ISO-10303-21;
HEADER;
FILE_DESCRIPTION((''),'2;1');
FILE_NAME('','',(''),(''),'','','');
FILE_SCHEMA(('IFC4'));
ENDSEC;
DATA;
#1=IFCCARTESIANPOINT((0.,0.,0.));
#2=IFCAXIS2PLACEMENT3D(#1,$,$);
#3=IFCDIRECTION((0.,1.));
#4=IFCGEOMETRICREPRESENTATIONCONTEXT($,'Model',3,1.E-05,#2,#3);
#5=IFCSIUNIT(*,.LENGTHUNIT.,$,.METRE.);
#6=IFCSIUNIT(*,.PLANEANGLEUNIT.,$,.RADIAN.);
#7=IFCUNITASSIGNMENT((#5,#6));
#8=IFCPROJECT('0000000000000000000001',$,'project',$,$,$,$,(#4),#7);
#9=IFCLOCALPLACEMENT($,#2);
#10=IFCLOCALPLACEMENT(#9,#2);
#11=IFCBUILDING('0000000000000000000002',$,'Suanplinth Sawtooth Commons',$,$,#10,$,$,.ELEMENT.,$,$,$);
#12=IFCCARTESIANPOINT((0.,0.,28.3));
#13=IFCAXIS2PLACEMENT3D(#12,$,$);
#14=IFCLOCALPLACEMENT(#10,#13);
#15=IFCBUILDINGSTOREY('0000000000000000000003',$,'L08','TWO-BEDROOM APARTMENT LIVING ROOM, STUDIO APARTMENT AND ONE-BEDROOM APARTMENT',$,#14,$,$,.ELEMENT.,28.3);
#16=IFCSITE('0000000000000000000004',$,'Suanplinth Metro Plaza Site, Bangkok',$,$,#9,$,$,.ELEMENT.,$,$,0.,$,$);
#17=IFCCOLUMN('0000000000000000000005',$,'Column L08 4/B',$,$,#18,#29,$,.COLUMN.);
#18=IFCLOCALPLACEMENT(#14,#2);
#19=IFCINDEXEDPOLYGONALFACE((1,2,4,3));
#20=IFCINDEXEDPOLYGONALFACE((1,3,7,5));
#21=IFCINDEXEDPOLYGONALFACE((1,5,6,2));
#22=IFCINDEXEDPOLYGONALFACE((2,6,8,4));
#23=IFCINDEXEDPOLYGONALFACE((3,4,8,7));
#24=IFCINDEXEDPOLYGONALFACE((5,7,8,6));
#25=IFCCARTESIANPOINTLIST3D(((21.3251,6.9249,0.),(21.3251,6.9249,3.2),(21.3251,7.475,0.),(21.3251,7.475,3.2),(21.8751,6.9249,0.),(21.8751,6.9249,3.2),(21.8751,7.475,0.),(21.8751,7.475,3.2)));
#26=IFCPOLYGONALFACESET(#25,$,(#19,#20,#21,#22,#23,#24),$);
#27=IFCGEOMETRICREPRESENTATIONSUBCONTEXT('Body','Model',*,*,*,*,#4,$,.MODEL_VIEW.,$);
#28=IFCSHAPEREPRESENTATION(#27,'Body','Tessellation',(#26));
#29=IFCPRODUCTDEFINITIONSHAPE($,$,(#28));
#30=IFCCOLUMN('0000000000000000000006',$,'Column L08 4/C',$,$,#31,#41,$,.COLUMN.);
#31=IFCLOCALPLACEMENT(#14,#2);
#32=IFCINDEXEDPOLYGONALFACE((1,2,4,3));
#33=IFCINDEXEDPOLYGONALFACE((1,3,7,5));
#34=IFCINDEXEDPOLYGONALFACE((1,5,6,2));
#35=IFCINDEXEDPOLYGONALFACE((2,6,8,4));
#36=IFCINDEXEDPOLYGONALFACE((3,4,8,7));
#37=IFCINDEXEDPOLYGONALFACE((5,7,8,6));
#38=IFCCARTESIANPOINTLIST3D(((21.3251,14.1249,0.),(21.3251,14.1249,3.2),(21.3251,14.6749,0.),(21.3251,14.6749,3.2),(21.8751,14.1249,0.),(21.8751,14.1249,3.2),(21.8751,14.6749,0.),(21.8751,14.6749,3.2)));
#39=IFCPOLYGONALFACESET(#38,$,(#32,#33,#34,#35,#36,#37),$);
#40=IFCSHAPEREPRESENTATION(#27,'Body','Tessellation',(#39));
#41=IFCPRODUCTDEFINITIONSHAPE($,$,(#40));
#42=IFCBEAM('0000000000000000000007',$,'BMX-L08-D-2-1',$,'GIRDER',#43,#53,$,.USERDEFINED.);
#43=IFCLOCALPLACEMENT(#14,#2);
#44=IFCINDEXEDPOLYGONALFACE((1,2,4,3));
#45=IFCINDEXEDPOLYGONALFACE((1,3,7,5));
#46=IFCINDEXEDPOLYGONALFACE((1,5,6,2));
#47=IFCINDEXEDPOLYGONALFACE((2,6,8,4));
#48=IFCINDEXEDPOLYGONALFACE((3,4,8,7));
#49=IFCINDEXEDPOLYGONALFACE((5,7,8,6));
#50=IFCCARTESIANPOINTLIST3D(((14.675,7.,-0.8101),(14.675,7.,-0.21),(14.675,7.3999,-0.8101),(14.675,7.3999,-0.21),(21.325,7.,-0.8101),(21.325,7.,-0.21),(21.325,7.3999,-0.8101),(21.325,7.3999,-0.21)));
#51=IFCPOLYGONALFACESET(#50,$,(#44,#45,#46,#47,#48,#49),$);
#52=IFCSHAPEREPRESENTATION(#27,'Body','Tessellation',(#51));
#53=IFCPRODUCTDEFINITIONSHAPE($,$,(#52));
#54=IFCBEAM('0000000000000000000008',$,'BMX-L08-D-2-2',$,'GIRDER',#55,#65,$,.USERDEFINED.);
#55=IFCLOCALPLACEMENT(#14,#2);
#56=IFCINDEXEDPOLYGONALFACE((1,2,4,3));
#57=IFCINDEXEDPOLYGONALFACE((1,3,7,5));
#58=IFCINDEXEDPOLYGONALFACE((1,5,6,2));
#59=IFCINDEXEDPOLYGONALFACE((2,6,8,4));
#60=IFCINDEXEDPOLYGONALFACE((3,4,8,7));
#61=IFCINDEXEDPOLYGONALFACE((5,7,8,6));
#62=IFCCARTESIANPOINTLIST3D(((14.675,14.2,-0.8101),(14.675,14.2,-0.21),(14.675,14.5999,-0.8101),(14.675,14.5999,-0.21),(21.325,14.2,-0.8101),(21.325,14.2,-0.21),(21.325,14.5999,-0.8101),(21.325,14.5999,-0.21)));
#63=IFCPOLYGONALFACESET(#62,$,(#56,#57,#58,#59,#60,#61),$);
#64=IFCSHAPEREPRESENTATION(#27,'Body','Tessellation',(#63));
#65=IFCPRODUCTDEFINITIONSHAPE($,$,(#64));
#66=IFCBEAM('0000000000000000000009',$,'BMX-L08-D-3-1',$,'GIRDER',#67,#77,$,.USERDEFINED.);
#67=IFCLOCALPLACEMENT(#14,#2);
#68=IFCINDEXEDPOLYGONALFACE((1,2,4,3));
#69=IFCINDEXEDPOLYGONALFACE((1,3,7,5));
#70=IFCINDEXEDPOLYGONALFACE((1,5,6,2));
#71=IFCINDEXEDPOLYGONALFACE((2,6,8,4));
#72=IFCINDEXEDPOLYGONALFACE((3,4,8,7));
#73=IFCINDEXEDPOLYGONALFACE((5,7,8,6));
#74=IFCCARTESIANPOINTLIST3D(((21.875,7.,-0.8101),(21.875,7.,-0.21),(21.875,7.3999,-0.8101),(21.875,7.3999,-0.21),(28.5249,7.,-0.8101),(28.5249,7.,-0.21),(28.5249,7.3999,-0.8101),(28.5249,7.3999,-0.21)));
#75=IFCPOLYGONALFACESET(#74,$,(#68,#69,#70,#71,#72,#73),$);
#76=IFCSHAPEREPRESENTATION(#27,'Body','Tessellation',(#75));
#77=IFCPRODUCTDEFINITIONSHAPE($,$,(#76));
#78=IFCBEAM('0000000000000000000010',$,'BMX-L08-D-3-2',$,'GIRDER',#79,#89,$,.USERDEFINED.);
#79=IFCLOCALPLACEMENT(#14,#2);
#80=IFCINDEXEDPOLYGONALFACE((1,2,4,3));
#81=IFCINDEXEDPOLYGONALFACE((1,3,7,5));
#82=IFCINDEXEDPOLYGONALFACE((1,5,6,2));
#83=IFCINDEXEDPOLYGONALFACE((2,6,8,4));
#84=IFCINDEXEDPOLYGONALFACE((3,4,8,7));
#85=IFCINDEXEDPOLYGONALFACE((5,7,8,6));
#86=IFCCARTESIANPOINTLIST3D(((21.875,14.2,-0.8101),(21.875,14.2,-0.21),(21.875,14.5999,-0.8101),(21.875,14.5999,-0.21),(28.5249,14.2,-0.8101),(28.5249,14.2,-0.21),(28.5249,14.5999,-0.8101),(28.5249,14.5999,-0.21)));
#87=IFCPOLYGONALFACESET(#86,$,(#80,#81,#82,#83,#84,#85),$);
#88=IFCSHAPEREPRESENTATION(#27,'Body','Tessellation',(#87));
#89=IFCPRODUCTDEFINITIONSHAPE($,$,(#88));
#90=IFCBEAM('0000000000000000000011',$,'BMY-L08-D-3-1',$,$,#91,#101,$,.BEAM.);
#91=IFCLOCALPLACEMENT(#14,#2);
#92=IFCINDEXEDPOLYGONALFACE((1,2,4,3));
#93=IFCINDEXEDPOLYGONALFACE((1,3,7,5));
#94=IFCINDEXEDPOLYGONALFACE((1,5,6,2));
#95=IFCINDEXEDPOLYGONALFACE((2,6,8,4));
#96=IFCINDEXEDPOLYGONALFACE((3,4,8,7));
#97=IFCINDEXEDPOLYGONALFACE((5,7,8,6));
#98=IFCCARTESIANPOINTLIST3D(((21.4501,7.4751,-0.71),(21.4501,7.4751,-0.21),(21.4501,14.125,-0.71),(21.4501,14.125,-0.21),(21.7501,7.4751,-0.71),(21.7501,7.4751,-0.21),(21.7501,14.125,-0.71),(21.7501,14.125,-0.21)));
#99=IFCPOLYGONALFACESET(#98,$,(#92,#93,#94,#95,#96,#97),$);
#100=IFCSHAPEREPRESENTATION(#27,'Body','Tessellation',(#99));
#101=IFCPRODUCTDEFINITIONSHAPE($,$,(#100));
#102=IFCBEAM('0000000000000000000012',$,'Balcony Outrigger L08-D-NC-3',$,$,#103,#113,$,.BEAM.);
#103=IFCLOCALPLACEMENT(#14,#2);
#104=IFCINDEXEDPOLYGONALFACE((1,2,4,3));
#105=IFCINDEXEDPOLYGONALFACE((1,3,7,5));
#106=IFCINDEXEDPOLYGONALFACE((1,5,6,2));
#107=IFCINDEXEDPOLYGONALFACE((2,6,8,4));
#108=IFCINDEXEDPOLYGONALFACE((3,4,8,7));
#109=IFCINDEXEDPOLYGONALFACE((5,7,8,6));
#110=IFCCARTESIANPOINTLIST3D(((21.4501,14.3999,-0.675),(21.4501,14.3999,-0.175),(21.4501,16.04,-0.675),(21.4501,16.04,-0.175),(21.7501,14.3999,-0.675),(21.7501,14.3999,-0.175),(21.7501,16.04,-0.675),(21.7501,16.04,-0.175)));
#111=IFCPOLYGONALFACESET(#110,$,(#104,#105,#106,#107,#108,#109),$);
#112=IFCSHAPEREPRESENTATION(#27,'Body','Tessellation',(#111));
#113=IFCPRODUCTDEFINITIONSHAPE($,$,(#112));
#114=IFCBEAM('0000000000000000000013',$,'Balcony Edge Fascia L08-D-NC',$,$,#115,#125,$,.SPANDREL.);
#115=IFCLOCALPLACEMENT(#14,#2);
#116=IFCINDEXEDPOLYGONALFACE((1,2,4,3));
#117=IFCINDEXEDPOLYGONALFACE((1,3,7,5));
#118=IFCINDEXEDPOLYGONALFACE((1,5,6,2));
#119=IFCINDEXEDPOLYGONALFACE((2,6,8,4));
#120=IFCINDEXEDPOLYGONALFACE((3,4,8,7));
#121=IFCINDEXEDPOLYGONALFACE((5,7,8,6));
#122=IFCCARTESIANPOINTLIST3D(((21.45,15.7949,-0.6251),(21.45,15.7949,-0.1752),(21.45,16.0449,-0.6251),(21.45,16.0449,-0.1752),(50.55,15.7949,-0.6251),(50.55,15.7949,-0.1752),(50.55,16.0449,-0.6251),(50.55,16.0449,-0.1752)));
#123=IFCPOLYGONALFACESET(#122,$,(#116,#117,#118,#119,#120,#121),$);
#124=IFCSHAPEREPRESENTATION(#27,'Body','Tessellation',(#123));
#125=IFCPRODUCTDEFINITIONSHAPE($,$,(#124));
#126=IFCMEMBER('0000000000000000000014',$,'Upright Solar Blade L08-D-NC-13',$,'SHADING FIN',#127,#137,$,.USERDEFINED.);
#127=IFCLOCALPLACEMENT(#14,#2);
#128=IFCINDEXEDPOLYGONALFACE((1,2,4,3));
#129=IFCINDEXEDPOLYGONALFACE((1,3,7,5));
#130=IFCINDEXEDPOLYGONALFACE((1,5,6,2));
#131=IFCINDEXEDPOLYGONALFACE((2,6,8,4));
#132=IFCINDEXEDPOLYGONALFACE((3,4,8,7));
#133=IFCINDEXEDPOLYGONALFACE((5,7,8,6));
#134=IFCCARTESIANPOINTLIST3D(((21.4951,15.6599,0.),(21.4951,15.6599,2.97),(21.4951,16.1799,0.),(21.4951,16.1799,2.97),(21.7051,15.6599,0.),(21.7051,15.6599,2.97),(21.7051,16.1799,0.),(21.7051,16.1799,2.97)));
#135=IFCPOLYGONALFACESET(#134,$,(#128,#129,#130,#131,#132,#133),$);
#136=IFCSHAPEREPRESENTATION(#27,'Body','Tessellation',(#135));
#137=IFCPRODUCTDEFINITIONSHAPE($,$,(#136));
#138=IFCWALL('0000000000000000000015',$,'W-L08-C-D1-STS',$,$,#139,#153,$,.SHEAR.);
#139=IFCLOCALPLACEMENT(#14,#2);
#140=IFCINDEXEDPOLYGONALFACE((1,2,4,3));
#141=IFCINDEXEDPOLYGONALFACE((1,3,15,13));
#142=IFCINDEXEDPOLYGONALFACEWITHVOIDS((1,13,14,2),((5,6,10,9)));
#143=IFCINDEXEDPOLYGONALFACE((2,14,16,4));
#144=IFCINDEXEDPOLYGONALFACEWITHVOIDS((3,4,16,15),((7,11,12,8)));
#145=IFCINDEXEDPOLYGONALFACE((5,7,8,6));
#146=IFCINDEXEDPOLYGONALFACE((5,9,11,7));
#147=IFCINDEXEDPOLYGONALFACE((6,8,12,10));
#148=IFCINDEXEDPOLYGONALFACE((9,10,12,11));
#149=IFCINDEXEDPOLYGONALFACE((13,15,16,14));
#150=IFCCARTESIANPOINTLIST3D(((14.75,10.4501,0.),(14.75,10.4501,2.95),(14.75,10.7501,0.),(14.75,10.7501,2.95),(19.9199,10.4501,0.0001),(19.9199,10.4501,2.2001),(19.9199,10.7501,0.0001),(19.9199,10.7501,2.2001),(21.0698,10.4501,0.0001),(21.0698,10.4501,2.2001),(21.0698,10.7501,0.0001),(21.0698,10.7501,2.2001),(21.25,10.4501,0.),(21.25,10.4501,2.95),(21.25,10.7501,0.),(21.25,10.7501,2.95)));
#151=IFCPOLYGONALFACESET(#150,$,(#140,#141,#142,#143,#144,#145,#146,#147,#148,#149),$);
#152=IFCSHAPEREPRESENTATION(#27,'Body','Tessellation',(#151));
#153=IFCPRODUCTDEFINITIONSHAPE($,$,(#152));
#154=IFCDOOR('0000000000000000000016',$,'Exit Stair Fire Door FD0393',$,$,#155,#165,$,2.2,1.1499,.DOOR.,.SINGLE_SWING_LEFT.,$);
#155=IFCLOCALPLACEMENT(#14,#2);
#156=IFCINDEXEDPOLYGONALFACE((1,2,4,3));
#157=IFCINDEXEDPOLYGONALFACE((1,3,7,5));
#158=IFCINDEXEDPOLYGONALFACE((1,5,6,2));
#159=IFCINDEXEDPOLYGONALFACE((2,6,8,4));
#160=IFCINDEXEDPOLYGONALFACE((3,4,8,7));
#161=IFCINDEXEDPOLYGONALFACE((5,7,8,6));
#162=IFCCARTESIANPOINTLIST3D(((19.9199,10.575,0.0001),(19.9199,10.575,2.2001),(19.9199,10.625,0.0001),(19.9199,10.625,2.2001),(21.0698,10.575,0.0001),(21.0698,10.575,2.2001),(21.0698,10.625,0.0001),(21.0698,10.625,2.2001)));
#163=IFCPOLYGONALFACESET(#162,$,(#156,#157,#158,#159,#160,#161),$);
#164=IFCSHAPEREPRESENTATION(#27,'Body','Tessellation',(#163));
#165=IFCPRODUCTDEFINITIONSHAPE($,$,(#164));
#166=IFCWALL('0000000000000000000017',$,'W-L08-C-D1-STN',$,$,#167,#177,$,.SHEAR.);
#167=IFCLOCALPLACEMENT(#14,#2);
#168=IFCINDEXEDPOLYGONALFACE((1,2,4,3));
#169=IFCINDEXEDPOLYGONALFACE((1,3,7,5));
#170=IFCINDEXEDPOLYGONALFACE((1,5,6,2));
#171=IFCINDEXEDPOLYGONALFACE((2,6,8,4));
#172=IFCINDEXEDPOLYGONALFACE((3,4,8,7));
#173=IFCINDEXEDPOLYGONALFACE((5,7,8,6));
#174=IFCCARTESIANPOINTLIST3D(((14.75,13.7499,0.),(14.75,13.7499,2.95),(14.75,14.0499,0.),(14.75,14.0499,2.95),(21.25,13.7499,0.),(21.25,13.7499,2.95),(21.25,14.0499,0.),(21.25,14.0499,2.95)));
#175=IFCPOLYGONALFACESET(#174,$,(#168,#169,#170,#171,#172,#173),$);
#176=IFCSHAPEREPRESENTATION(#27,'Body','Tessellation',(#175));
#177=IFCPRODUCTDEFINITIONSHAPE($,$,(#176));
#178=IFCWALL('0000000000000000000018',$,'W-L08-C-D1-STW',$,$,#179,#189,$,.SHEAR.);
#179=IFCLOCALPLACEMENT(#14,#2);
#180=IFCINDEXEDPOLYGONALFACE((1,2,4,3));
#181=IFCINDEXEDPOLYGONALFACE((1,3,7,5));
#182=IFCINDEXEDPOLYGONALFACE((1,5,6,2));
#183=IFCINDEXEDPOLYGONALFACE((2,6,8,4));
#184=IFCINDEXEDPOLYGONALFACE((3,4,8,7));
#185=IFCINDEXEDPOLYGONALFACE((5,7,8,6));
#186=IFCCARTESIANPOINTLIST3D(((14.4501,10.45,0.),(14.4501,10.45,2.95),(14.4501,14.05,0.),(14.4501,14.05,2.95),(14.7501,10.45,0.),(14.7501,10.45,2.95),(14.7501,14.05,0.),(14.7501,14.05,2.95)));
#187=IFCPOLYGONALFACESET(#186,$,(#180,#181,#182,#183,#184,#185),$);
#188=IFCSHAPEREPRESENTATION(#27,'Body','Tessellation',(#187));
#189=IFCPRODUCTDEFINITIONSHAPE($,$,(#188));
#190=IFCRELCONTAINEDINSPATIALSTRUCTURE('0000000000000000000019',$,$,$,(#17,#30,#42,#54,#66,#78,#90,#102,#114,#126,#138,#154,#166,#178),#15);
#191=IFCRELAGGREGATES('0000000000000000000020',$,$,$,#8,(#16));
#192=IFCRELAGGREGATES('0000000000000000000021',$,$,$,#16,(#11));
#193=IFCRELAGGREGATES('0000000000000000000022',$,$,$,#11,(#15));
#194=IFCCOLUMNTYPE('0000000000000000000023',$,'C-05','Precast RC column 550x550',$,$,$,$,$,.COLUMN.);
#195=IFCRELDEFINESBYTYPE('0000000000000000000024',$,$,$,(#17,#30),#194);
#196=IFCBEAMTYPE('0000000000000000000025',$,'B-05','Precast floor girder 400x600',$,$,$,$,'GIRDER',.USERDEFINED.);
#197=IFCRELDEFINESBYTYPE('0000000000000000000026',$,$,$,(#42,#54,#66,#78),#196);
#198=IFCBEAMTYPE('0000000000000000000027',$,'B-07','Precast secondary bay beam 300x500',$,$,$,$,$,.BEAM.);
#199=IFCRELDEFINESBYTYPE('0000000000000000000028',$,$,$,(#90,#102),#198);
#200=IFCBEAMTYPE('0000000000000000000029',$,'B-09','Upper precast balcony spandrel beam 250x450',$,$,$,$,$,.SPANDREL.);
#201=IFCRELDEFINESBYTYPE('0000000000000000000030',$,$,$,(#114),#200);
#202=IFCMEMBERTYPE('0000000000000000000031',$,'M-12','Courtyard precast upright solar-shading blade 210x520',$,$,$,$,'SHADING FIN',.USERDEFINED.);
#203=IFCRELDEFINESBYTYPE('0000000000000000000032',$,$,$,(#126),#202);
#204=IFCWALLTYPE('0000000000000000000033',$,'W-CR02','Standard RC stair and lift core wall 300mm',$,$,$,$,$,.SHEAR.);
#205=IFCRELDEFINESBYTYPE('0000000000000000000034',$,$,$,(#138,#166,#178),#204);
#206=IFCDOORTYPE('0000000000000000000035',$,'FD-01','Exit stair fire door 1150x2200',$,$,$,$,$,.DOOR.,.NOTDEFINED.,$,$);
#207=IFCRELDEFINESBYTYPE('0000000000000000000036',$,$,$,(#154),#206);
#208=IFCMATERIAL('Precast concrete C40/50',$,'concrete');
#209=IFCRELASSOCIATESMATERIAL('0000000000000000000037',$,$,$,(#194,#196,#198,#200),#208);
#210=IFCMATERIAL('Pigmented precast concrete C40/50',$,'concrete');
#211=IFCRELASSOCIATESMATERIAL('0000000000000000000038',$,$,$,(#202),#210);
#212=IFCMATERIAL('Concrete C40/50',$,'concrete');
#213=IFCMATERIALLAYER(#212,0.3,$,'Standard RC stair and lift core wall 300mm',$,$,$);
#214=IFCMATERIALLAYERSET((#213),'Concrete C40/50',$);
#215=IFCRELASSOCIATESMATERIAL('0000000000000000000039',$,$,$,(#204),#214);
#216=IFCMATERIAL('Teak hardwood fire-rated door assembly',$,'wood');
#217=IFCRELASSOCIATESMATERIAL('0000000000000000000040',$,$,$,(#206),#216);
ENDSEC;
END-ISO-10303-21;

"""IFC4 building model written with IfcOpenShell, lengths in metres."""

from ifc_helpers import new_model, si_unit, direction, frame, frame_2d, origin, origin_2d, place, context, subcontext, project, spatial, rectangle, extrude, material, layer, layer_set, material_profile, profile_set, type_object, element, fill, save


model = new_model("IFC4")

# Units and contexts
model_context = context("Model", 3, precision=1e-05, world=origin(), true_north=direction((0.0, 1.0)))
body_context = subcontext(model_context, "Body", "Model", "MODEL_VIEW")
ifc_project = project(units=[si_unit("LENGTHUNIT", "METRE"), si_unit("PLANEANGLEUNIT", "RADIAN")], contexts=[model_context])

# Site, building, storey
site_placement = place(None, origin())
site = spatial("IfcSite", under=ifc_project, at=site_placement, Name="Suanplinth Metro Plaza Site, Bangkok", CompositionType="ELEMENT", RefElevation=0.0)
building_placement = place(site_placement, origin())
building = spatial("IfcBuilding", under=site, at=building_placement, Name="Suanplinth Sawtooth Commons", CompositionType="ELEMENT")
storey_placement = place(building_placement, frame((0.0, 0.0, 28.3)))
storey = spatial("IfcBuildingStorey", under=building, at=storey_placement, Name="L08", Description="TWO-BEDROOM APARTMENT LIVING ROOM, STUDIO APARTMENT AND ONE-BEDROOM APARTMENT", CompositionType="ELEMENT", Elevation=28.3)

# Columns
ifc_material_1 = material(Name="Precast concrete C40/50", Category="concrete")
ifc_material_profile_1 = material_profile(ifc_material_1, rectangle(XDim=0.55, YDim=0.55, at=origin_2d()), Name="PC-COL 550x550")
ifc_profile_set_1 = profile_set([ifc_material_profile_1], Name="Precast concrete C40/50")
column_type = type_object("IfcColumnType", Name="C-05", Description="Precast RC column 550x550", PredefinedType="COLUMN", material=ifc_profile_set_1)
for number, where, z_axis, x_axis, name in (
    (1, (21.6001, 7.2, 0.0), (0.0, 0.0, 1.0), (1.0, 0.0, 0.0), "Column L08 4/B"),
    (2, (21.6001, 14.3999, 0.0), (0.0, 0.0, 1.0), (1.0, 0.0, 0.0), "Column L08 4/C"),
):
    element("IfcColumn", number, at=place(storey_placement, frame(where, z_axis=z_axis, x_axis=x_axis)), inside=storey, type_object=column_type, Name=name, PredefinedType="COLUMN", context=body_context, shape_type="SweptSolid", body=[
        extrude(rectangle(XDim=0.55, YDim=0.55, at=origin_2d()), origin(), (0.0, 0.0, 1.0), 3.2),
    ])

# Beams
ifc_material_profile_2 = material_profile(ifc_material_1, rectangle(XDim=0.3999, YDim=0.6001, at=origin_2d()), Name="PC-GDR 400x600")
ifc_profile_set_2 = profile_set([ifc_material_profile_2], Name="Precast concrete C40/50")
beam_type_1 = type_object("IfcBeamType", Name="B-05", Description="Precast floor girder 400x600", ElementType="GIRDER", PredefinedType="USERDEFINED", material=ifc_profile_set_2)
for number, where, z_axis, x_axis, name in (
    (3, (14.675, 7.2, -0.51), (1.0, 0.0, 0.0), (0.0, 1.0, 0.0), "BMX-L08-D-2-1"),
    (4, (14.675, 14.3999, -0.51), (1.0, 0.0, 0.0), (0.0, 1.0, 0.0), "BMX-L08-D-2-2"),
    (5, (21.875, 7.2, -0.51), (1.0, 0.0, 0.0), (0.0, 1.0, 0.0), "BMX-L08-D-3-1"),
    (6, (21.875, 14.3999, -0.51), (1.0, 0.0, 0.0), (0.0, 1.0, 0.0), "BMX-L08-D-3-2"),
):
    element("IfcBeam", number, at=place(storey_placement, frame(where, z_axis=z_axis, x_axis=x_axis)), inside=storey, type_object=beam_type_1, Name=name, ObjectType="GIRDER", PredefinedType="USERDEFINED", context=body_context, shape_type="SweptSolid", body=[
        extrude(rectangle(XDim=0.3999, YDim=0.6001, at=origin_2d()), origin(), (0.0, 0.0, 1.0), 6.6499),
    ])
ifc_material_profile_3 = material_profile(ifc_material_1, rectangle(XDim=0.3, YDim=0.5, at=origin_2d()), Name="PC-BM 300x500")
ifc_profile_set_3 = profile_set([ifc_material_profile_3], Name="Precast concrete C40/50")
beam_type_2 = type_object("IfcBeamType", Name="B-07", Description="Precast secondary bay beam 300x500", PredefinedType="BEAM", material=ifc_profile_set_3)
beam_1_placement = place(storey_placement, frame((21.6001, 7.4751, -0.46), z_axis=(0.0, 1.0, 0.0), x_axis=(-1.0, 0.0, 0.0)))
element("IfcBeam", 7, at=beam_1_placement, inside=storey, type_object=beam_type_2, Name="BMY-L08-D-3-1", PredefinedType="BEAM", context=body_context, shape_type="SweptSolid", body=[
    extrude(rectangle(XDim=0.3, YDim=0.5, at=origin_2d()), origin(), (0.0, 0.0, 1.0), 6.6499),
])
beam_2_placement = place(storey_placement, frame((21.6001, 14.3999, -0.425), z_axis=(0.0, 1.0, 0.0), x_axis=(-1.0, 0.0, 0.0)))
element("IfcBeam", 8, at=beam_2_placement, inside=storey, type_object=beam_type_2, Name="Balcony Outrigger L08-D-NC-3", PredefinedType="BEAM", context=body_context, shape_type="SweptSolid", body=[
    extrude(rectangle(XDim=0.3, YDim=0.5, at=origin_2d()), origin(), (0.0, 0.0, 1.0), 1.6401),
])
ifc_material_profile_4 = material_profile(ifc_material_1, rectangle(XDim=0.25, YDim=0.45, at=origin_2d()), Name="PC-SP 250x450")
ifc_profile_set_4 = profile_set([ifc_material_profile_4], Name="Precast concrete C40/50")
beam_type_3 = type_object("IfcBeamType", Name="B-09", Description="Upper precast balcony spandrel beam 250x450", PredefinedType="SPANDREL", material=ifc_profile_set_4)
beam_3_placement = place(storey_placement, frame((21.45, 15.9199, -0.4001), z_axis=(1.0, 0.0, 0.0), x_axis=(0.0, 1.0, 0.0)))
element("IfcBeam", 9, at=beam_3_placement, inside=storey, type_object=beam_type_3, Name="Balcony Edge Fascia L08-D-NC", PredefinedType="SPANDREL", context=body_context, shape_type="SweptSolid", body=[
    extrude(rectangle(XDim=0.25, YDim=0.45, at=origin_2d()), origin(), (0.0, 0.0, 1.0), 29.1001),
])

# Member
ifc_material_2 = material(Name="Pigmented precast concrete C40/50", Category="concrete")
ifc_material_profile_5 = material_profile(ifc_material_2, rectangle(XDim=0.21, YDim=0.52, at=origin_2d()), Name="PC-FIN 210x520")
ifc_profile_set_5 = profile_set([ifc_material_profile_5], Name="Pigmented precast concrete C40/50")
member_type = type_object("IfcMemberType", Name="M-12", Description="Courtyard precast upright solar-shading blade 210x520", ElementType="SHADING FIN", PredefinedType="USERDEFINED", material=ifc_profile_set_5)
member_placement = place(storey_placement, frame((21.6001, 15.9199, 0.0), z_axis=(0.0, 0.0, 1.0), x_axis=(1.0, 0.0, 0.0)))
element("IfcMember", 10, at=member_placement, inside=storey, type_object=member_type, Name="Upright Solar Blade L08-D-NC-13", ObjectType="SHADING FIN", PredefinedType="USERDEFINED", context=body_context, shape_type="SweptSolid", body=[
    extrude(rectangle(XDim=0.21, YDim=0.52, at=origin_2d()), origin(), (0.0, 0.0, 1.0), 2.97),
])

# Wall, opening, door
ifc_material_3 = material(Name="Concrete C40/50", Category="concrete")
ifc_layer_1 = layer(ifc_material_3, 0.3, Name="Standard RC stair and lift core wall 300mm")
ifc_layer_set_1 = layer_set([ifc_layer_1], Name="Concrete C40/50")
wall_type_1 = type_object("IfcWallType", Name="W-CR02", Description="Standard RC stair and lift core wall 300mm", PredefinedType="SHEAR", material=ifc_layer_set_1)
wall_1_placement = place(storey_placement, frame((14.75, 10.6001, 0.0), z_axis=(0.0, 0.0, 1.0), x_axis=(1.0, 0.0, 0.0)))
wall_1 = element("IfcWall", 11, at=wall_1_placement, inside=storey, type_object=wall_type_1, Name="W-L08-C-D1-STS", PredefinedType="SHEAR", context=body_context, shape_type="SweptSolid", body=[
    extrude(rectangle(XDim=6.5, YDim=0.3, at=frame_2d((3.25, 0.0))), origin(), (0.0, 0.0, 1.0), 2.95),
])
opening_1_placement = place(wall_1_placement, frame((5.1699, 0.0, 0.0)))
opening_1 = element("IfcOpeningElement", 12, at=opening_1_placement, cuts=wall_1, PredefinedType="OPENING", context=body_context, shape_type="SweptSolid", body=[
    extrude(rectangle(XDim=1.1499, YDim=2.2, at=frame_2d((0.575, 1.1001))), frame((0.0, 0.165, 0.0), z_axis=(0.0, -1.0, 0.0), x_axis=(1.0, 0.0, 0.0)), (0.0, 0.0, 1.0), 0.3298),
])
ifc_material_4 = material(Name="Teak hardwood fire-rated door assembly", Category="wood")
door_type_1 = type_object("IfcDoorType", Name="FD-01", Description="Exit stair fire door 1150x2200", OperationType="NOTDEFINED", PredefinedType="DOOR", material=ifc_material_4)
door_1_placement = place(opening_1_placement, origin())
door_1 = element("IfcDoor", 13, at=door_1_placement, inside=storey, type_object=door_type_1, Name="Exit Stair Fire Door FD0393", OperationType="SINGLE_SWING_LEFT", OverallHeight=2.2, OverallWidth=1.1499, PredefinedType="DOOR", context=body_context, shape_type="SweptSolid", body=[
    extrude(rectangle(XDim=1.1499, YDim=2.2, at=frame_2d((0.575, 1.1001))), frame((0.0, 0.0249, 0.0), z_axis=(0.0, -1.0, 0.0), x_axis=(1.0, 0.0, 0.0)), (0.0, 0.0, 1.0), 0.05),
])
fill(opening_1, door_1)

# Walls
wall_2_placement = place(storey_placement, frame((14.75, 13.8999, 0.0), z_axis=(0.0, 0.0, 1.0), x_axis=(1.0, 0.0, 0.0)))
element("IfcWall", 14, at=wall_2_placement, inside=storey, type_object=wall_type_1, Name="W-L08-C-D1-STN", PredefinedType="SHEAR", context=body_context, shape_type="SweptSolid", body=[
    extrude(rectangle(XDim=6.5, YDim=0.3, at=frame_2d((3.25, 0.0))), origin(), (0.0, 0.0, 1.0), 2.95),
])
wall_3_placement = place(storey_placement, frame((14.6001, 10.45, 0.0), z_axis=(0.0, 0.0, 1.0), x_axis=(0.0, 1.0, 0.0)))
element("IfcWall", 15, at=wall_3_placement, inside=storey, type_object=wall_type_1, Name="W-L08-C-D1-STW", PredefinedType="SHEAR", context=body_context, shape_type="SweptSolid", body=[
    extrude(rectangle(XDim=3.6001, YDim=0.3, at=frame_2d((1.8, 0.0))), origin(), (0.0, 0.0, 1.0), 2.95),
])

save(model, "model.ifc")
